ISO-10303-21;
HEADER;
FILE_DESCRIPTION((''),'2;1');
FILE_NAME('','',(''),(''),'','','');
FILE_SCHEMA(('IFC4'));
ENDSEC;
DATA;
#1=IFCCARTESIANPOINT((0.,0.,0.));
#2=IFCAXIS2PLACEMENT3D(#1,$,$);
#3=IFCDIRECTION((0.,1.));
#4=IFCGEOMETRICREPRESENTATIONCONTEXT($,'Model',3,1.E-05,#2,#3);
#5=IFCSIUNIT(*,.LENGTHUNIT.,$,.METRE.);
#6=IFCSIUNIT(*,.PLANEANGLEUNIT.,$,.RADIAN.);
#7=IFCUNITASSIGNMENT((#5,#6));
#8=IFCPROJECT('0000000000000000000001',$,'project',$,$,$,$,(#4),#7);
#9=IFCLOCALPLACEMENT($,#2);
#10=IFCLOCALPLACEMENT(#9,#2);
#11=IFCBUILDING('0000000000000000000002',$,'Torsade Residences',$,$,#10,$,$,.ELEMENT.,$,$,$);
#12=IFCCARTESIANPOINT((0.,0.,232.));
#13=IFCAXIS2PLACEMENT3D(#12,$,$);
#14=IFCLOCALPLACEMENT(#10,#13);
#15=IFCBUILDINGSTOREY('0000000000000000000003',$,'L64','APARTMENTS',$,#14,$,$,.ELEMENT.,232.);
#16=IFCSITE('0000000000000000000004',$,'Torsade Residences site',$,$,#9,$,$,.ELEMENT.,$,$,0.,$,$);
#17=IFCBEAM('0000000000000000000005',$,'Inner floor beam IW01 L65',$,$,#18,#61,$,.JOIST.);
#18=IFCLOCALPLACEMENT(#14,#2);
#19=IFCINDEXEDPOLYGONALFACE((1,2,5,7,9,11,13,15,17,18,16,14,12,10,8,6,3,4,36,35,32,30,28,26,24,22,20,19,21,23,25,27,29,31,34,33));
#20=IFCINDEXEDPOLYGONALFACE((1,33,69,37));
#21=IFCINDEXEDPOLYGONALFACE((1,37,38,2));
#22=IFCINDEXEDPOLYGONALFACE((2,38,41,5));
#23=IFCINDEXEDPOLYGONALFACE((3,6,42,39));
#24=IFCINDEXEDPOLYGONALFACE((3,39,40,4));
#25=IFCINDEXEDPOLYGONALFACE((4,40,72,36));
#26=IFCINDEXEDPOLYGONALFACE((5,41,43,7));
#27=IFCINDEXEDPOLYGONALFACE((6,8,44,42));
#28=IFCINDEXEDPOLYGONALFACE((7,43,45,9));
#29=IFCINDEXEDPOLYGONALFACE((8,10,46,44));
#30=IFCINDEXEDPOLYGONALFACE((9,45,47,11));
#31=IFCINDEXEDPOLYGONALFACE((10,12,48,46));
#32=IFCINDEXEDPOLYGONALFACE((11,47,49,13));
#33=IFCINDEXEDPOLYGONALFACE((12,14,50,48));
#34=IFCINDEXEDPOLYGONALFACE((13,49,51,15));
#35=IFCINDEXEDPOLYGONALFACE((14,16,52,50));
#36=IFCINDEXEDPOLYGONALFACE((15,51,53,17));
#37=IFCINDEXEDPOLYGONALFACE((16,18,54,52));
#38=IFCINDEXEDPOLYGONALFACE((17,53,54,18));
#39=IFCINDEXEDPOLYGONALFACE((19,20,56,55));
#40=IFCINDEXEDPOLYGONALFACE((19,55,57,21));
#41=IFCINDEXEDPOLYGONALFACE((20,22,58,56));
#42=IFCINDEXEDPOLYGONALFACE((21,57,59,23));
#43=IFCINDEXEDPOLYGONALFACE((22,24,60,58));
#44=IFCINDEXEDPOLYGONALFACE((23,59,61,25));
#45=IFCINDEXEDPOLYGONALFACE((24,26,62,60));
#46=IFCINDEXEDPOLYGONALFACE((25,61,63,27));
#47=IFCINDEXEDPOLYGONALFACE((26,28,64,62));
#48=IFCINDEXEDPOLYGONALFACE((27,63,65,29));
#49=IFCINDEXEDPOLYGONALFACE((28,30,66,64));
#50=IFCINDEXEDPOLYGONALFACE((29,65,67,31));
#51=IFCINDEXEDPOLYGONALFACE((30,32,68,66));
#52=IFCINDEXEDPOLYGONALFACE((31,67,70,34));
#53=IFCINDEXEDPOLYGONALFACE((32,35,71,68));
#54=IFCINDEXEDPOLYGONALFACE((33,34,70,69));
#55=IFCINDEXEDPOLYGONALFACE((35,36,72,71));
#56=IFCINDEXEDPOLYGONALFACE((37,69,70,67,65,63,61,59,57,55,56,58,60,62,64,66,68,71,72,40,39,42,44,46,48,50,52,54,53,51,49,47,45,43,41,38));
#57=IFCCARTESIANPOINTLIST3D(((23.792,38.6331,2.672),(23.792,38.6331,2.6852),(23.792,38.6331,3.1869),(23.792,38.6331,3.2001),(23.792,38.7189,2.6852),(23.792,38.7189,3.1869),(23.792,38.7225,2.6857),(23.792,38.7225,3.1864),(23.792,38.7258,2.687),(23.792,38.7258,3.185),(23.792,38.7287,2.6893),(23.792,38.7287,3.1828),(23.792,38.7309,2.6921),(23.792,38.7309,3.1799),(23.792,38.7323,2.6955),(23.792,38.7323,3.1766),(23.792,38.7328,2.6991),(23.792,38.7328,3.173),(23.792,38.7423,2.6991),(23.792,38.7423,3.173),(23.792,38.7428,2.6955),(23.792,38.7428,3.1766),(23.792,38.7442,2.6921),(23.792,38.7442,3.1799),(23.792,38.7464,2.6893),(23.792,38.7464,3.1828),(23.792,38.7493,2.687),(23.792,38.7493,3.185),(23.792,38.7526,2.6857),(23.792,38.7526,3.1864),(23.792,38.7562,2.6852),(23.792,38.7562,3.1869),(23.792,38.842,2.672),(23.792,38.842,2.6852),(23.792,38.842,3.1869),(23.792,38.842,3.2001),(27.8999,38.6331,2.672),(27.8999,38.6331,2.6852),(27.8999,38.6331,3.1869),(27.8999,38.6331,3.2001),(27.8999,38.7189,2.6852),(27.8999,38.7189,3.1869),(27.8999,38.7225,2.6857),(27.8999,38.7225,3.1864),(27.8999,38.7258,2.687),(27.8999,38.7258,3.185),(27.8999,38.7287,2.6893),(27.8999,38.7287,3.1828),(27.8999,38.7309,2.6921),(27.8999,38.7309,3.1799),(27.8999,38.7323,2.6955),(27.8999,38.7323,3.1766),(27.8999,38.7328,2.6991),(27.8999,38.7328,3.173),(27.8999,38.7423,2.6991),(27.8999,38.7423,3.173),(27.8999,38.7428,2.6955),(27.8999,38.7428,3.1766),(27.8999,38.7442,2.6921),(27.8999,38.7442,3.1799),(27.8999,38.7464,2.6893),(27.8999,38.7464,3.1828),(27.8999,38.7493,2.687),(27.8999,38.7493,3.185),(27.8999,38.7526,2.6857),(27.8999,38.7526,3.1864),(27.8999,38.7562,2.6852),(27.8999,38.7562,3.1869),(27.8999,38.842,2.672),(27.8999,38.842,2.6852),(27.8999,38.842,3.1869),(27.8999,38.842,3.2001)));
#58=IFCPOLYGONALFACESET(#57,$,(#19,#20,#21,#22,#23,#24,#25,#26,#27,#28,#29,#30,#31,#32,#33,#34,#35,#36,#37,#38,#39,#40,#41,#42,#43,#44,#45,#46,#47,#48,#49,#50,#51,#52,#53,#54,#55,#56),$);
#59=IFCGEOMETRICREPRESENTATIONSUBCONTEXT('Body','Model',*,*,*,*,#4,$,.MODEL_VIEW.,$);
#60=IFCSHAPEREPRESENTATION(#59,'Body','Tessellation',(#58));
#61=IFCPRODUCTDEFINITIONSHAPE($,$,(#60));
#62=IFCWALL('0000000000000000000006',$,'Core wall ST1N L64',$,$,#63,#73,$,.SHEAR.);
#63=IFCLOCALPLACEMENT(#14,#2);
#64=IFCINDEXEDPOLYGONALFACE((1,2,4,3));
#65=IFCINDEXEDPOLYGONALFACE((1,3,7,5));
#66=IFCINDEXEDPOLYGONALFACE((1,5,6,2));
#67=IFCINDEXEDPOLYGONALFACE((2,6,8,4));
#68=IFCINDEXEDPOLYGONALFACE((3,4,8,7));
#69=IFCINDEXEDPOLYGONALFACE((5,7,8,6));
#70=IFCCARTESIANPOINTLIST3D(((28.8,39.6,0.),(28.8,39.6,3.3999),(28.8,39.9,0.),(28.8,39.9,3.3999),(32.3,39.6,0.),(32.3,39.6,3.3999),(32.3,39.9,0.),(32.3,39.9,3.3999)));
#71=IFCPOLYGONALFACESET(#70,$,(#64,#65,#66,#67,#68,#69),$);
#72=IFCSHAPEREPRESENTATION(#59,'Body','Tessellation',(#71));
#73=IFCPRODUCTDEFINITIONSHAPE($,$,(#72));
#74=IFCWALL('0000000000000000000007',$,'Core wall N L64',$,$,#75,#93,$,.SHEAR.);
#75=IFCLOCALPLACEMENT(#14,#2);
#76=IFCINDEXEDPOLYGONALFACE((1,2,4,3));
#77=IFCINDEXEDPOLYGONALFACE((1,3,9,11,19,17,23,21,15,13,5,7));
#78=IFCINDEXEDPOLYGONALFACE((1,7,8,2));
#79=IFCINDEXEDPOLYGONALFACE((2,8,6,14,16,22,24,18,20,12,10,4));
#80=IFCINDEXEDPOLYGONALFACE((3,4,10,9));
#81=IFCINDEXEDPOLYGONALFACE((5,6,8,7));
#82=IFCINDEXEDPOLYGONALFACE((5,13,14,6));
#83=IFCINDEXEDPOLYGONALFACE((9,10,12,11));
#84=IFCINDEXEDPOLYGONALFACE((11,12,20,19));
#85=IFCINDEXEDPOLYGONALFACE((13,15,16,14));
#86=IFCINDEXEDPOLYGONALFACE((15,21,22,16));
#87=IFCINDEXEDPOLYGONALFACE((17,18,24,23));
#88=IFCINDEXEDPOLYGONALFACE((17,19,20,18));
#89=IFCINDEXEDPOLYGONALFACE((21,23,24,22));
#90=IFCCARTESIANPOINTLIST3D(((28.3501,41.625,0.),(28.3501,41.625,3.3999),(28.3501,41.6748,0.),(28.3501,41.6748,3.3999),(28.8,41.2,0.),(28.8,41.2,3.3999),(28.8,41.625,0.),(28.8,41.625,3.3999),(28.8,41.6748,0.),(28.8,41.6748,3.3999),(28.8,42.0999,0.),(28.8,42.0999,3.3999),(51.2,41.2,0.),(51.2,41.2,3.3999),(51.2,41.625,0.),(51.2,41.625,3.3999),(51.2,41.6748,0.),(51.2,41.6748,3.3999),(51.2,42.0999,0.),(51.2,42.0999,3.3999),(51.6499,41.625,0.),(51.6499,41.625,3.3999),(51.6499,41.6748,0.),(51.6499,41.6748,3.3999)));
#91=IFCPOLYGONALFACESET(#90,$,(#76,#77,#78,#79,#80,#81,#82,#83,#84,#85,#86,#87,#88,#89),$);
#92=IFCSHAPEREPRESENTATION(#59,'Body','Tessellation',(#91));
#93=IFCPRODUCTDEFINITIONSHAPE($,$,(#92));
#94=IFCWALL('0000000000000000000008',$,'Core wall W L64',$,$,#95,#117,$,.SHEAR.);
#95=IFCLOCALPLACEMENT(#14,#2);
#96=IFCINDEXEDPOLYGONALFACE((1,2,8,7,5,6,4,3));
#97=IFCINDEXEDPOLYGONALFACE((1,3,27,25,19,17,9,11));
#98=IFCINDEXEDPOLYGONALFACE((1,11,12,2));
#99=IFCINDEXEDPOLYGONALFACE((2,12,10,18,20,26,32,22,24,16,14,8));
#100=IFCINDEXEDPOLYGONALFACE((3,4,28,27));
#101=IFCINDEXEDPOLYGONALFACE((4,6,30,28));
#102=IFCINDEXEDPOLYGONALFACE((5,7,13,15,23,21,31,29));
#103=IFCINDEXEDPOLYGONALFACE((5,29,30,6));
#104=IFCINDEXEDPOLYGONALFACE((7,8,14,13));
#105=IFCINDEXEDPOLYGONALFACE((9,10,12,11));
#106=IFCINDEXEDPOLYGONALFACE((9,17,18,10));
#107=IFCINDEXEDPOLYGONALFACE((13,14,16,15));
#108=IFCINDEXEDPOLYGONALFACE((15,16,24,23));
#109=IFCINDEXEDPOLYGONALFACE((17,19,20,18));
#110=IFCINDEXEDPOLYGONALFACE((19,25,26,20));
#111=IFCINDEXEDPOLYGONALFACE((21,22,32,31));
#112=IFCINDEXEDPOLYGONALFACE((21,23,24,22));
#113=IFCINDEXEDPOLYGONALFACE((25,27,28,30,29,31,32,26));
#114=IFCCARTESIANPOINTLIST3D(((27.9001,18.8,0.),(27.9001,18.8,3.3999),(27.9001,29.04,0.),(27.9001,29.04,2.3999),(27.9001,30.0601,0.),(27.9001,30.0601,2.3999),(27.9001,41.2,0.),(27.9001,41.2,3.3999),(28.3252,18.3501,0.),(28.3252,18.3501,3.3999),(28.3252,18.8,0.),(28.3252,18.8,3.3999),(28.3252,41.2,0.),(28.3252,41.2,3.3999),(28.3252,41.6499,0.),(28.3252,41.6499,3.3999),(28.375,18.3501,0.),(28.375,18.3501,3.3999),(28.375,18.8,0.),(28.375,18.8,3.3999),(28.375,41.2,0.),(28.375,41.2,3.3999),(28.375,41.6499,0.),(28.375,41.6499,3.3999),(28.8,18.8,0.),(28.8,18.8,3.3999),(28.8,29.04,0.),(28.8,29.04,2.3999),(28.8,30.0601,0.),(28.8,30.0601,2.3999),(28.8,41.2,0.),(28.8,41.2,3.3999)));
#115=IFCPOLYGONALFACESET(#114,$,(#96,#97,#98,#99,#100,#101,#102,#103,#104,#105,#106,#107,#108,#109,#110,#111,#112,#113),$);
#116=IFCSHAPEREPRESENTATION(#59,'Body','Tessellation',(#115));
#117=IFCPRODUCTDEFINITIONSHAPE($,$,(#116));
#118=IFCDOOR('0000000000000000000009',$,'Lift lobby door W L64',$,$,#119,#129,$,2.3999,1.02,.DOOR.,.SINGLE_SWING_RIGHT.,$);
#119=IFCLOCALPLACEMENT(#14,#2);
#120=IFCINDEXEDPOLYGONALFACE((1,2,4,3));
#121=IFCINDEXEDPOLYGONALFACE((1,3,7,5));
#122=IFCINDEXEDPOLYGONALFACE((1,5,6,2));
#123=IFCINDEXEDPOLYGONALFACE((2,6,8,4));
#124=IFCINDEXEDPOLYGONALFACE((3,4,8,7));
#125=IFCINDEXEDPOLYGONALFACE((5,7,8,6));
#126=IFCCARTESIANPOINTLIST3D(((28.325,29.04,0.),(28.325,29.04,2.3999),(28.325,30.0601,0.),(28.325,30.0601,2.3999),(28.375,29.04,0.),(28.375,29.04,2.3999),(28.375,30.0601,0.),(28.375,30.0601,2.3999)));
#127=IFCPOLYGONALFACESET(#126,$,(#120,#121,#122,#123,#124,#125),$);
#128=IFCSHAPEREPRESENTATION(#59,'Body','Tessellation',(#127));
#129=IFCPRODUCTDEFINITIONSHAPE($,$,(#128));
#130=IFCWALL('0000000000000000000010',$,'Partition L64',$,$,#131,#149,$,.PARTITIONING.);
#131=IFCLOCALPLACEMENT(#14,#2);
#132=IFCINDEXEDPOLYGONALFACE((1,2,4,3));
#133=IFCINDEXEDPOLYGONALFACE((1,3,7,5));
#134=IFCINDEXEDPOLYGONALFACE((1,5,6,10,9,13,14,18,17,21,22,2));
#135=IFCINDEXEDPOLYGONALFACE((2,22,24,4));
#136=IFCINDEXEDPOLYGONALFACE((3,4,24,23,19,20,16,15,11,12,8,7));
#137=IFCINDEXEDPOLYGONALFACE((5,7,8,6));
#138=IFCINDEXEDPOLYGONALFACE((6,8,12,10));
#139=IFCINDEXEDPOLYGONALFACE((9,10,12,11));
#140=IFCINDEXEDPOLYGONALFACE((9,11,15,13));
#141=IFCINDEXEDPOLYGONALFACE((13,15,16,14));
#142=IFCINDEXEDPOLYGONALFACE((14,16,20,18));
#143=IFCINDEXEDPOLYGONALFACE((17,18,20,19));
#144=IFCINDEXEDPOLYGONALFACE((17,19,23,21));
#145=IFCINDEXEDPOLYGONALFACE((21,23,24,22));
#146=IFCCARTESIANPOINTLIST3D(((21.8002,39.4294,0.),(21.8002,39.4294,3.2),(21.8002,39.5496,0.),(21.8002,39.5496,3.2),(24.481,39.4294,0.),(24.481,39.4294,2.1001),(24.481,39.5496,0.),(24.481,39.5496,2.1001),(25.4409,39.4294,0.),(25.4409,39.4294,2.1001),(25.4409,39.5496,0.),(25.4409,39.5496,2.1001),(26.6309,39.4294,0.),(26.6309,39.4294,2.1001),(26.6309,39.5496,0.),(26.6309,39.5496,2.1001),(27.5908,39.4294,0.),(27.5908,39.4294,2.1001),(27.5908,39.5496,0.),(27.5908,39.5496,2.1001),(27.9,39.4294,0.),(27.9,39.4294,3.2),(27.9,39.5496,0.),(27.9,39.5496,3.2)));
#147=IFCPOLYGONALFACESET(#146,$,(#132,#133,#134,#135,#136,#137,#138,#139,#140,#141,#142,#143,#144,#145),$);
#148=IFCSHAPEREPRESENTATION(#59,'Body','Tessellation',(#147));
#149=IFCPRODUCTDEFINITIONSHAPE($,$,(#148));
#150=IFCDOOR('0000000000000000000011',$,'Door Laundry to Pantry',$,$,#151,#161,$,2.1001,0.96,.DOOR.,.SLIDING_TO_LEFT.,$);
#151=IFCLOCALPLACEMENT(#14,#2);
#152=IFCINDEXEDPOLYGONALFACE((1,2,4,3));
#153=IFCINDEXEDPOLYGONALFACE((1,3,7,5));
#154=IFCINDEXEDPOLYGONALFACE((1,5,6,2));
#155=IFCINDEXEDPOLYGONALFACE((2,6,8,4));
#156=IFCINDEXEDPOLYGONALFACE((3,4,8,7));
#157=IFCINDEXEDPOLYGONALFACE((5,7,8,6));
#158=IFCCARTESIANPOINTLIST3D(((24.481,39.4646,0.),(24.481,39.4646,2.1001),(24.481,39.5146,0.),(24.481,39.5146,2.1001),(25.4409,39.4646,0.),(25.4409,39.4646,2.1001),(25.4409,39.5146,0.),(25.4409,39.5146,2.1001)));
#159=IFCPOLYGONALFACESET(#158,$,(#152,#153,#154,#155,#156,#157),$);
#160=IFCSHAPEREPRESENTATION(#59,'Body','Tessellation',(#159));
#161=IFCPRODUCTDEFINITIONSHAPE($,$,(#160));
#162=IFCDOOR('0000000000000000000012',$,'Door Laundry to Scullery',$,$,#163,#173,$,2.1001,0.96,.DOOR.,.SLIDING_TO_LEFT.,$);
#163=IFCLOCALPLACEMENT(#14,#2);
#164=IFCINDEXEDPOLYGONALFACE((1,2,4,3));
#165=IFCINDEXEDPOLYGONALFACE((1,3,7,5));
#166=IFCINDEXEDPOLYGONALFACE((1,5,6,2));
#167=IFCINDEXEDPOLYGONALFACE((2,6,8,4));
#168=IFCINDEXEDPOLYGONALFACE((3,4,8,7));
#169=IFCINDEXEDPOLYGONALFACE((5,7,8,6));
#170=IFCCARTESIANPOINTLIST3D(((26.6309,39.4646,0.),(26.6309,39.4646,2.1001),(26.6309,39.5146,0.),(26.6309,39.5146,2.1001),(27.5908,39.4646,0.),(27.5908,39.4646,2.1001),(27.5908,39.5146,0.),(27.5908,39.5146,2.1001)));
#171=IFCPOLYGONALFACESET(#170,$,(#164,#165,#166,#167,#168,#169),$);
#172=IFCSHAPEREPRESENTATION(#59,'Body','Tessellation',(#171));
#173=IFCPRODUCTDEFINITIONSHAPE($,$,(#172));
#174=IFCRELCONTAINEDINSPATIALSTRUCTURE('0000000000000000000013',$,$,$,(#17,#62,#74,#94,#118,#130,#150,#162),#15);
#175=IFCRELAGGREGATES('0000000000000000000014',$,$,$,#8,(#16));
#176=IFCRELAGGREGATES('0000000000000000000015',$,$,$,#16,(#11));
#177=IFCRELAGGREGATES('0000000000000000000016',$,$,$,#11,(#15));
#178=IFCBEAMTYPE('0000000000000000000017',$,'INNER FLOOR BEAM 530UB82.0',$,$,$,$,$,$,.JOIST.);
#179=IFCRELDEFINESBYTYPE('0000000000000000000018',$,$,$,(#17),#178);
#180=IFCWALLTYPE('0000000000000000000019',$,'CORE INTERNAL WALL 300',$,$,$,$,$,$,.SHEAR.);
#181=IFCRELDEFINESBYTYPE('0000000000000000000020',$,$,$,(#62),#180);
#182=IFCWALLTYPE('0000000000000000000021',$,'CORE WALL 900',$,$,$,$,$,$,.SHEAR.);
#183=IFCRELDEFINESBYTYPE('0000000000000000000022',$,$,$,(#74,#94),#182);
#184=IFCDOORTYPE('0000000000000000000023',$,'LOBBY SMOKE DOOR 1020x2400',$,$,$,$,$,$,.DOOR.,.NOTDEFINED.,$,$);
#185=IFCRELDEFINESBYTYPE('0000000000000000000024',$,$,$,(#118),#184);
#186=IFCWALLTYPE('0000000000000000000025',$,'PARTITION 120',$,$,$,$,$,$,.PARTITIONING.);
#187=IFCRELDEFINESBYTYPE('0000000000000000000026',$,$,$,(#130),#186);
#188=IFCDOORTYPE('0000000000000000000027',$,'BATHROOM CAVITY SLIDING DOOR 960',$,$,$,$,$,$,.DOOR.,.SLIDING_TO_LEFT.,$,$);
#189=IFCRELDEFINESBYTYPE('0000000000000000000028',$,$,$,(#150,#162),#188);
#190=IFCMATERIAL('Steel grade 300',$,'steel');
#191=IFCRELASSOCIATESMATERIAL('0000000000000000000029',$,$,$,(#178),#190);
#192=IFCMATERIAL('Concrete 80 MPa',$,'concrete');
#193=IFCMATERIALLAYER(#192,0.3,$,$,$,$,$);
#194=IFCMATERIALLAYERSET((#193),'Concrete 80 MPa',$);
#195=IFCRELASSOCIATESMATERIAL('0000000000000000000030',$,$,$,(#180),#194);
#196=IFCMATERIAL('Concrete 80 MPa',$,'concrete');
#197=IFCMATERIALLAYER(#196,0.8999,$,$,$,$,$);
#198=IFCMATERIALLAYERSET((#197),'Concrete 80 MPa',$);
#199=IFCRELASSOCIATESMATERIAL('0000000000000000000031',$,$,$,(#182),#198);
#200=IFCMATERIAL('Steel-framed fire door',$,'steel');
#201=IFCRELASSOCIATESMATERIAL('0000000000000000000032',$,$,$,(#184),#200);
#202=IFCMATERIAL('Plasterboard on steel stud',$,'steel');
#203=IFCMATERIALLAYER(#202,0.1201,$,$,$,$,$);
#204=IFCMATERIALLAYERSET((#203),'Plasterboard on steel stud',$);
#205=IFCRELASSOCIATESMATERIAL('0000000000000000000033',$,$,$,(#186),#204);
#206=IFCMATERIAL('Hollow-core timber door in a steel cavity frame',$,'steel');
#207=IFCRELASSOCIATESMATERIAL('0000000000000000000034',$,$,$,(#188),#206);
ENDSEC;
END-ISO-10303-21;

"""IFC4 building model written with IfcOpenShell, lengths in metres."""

from ifc_helpers import new_model, si_unit, direction, frame, frame_2d, origin, origin_2d, place, context, subcontext, project, spatial, polyline, rectangle, i_section, outline, extrude, material, layer, layer_set, material_profile, profile_set, type_object, element, fill, save


model = new_model("IFC4")

# Units and contexts
model_context = context("Model", 3, precision=1e-05, world=origin(), true_north=direction((0.0, 1.0)))
body_context = subcontext(model_context, "Body", "Model", "MODEL_VIEW")
ifc_project = project(units=[si_unit("LENGTHUNIT", "METRE"), si_unit("PLANEANGLEUNIT", "RADIAN")], contexts=[model_context])

# Site, building, storey
site_placement = place(None, origin())
site = spatial("IfcSite", under=ifc_project, at=site_placement, Name="Torsade Residences site", CompositionType="ELEMENT", RefElevation=0.0)
building_placement = place(site_placement, origin())
building = spatial("IfcBuilding", under=site, at=building_placement, Name="Torsade Residences", CompositionType="ELEMENT")
storey_placement = place(building_placement, frame((0.0, 0.0, 232.0)))
storey = spatial("IfcBuildingStorey", under=building, at=storey_placement, Name="L64", Description="APARTMENTS", CompositionType="ELEMENT", Elevation=232.0)

# Beam
ifc_material_1 = material(Name="Steel grade 300", Category="steel")
ifc_material_profile_1 = material_profile(ifc_material_1, i_section(OverallWidth=0.209, OverallDepth=0.5281, WebThickness=0.0095, FlangeThickness=0.0132, FilletRadius=0.0139, at=origin_2d()), Name="530UB82.0")
ifc_profile_set_1 = profile_set([ifc_material_profile_1], Name="Steel grade 300")
beam_type = type_object("IfcBeamType", Name="INNER FLOOR BEAM 530UB82.0", PredefinedType="JOIST", material=ifc_profile_set_1)
beam_1_placement = place(storey_placement, frame((27.8999, 38.7375, 2.936), z_axis=(-1.0, 0.0, 0.0), x_axis=(0.0, -1.0, 0.0)))
element("IfcBeam", 1, at=beam_1_placement, inside=storey, type_object=beam_type, Name="Inner floor beam IW01 L65", PredefinedType="JOIST", context=body_context, shape_type="SweptSolid", body=[
    extrude(i_section(OverallWidth=0.209, OverallDepth=0.5281, WebThickness=0.0095, FlangeThickness=0.0132, FilletRadius=0.0139, at=origin_2d()), origin(), (0.0, 0.0, 1.0), 4.1079),
])

# Walls
ifc_material_2 = material(Name="Concrete 80 MPa", Category="concrete")
ifc_layer_1 = layer(ifc_material_2, 0.3)
ifc_layer_set_1 = layer_set([ifc_layer_1], Name="Concrete 80 MPa")
wall_type_1 = type_object("IfcWallType", Name="CORE INTERNAL WALL 300", PredefinedType="SHEAR", material=ifc_layer_set_1)
wall_1_placement = place(storey_placement, frame((28.8, 39.75, 0.0), z_axis=(0.0, 0.0, 1.0), x_axis=(1.0, 0.0, 0.0)))
element("IfcWall", 2, at=wall_1_placement, inside=storey, type_object=wall_type_1, Name="Core wall ST1N L64", PredefinedType="SHEAR", context=body_context, shape_type="SweptSolid", body=[
    extrude(rectangle(XDim=3.5, YDim=0.3, at=frame_2d((1.75, 0.0))), origin(), (0.0, 0.0, 1.0), 3.3999),
])
ifc_material_3 = material(Name="Concrete 80 MPa", Category="concrete")
ifc_layer_2 = layer(ifc_material_3, 0.8999)
ifc_layer_set_2 = layer_set([ifc_layer_2], Name="Concrete 80 MPa")
wall_type_2 = type_object("IfcWallType", Name="CORE WALL 900", PredefinedType="SHEAR", material=ifc_layer_set_2)
wall_2_placement = place(storey_placement, frame((28.8, 41.6499, 0.0), z_axis=(0.0, 0.0, 1.0), x_axis=(1.0, 0.0, 0.0)))
element("IfcWall", 3, at=wall_2_placement, inside=storey, type_object=wall_type_2, Name="Core wall N L64", PredefinedType="SHEAR", context=body_context, shape_type="SweptSolid", body=[
    extrude(outline(polyline([(0.0, -0.45), (22.3999, -0.45), (22.3999, -0.0249), (22.8499, -0.0249), (22.8499, 0.0249), (22.3999, 0.0249), (22.3999, 0.45), (0.0, 0.45), (0.0, 0.0249), (-0.45, 0.0249), (-0.45, -0.0249), (0.0, -0.0249), (0.0, -0.45)])), origin(), (0.0, 0.0, 1.0), 3.3999),
])

# Wall, opening, door
wall_3_placement = place(storey_placement, frame((28.3501, 41.2, 0.0), z_axis=(0.0, 0.0, 1.0), x_axis=(0.0, -1.0, 0.0)))
wall_3 = element("IfcWall", 4, at=wall_3_placement, inside=storey, type_object=wall_type_2, Name="Core wall W L64", PredefinedType="SHEAR", context=body_context, shape_type="SweptSolid", body=[
    extrude(outline(polyline([(0.0, -0.45), (22.3999, -0.45), (22.3999, -0.0249), (22.8499, -0.0249), (22.8499, 0.0249), (22.3999, 0.0249), (22.3999, 0.45), (0.0, 0.45), (0.0, 0.0249), (-0.45, 0.0249), (-0.45, -0.0249), (0.0, -0.0249), (0.0, -0.45)])), origin(), (0.0, 0.0, 1.0), 3.3999),
])
opening_1_placement = place(wall_3_placement, frame((11.1399, 0.0, 0.0)))
opening_1 = element("IfcOpeningElement", 5, at=opening_1_placement, cuts=wall_3, PredefinedType="OPENING", context=body_context, shape_type="SweptSolid", body=[
    extrude(rectangle(XDim=1.02, YDim=2.3999, at=frame_2d((0.51, 1.2))), frame((0.0, 0.46, 0.0), z_axis=(0.0, -1.0, 0.0), x_axis=(1.0, 0.0, 0.0)), (0.0, 0.0, 1.0), 0.9199),
])
ifc_material_4 = material(Name="Steel-framed fire door", Category="steel")
door_type_1 = type_object("IfcDoorType", Name="LOBBY SMOKE DOOR 1020x2400", OperationType="NOTDEFINED", PredefinedType="DOOR", material=ifc_material_4)
door_1_placement = place(opening_1_placement, origin())
door_1 = element("IfcDoor", 6, at=door_1_placement, inside=storey, type_object=door_type_1, Name="Lift lobby door W L64", OperationType="SINGLE_SWING_RIGHT", OverallHeight=2.3999, OverallWidth=1.02, PredefinedType="DOOR", context=body_context, shape_type="SweptSolid", body=[
    extrude(rectangle(XDim=1.02, YDim=2.3999, at=frame_2d((0.51, 1.2))), frame((0.0, 0.0249, 0.0), z_axis=(0.0, -1.0, 0.0), x_axis=(1.0, 0.0, 0.0)), (0.0, 0.0, 1.0), 0.05),
])
fill(opening_1, door_1)

# Wall, openings, doors
ifc_material_5 = material(Name="Plasterboard on steel stud", Category="steel")
ifc_layer_3 = layer(ifc_material_5, 0.1201)
ifc_layer_set_3 = layer_set([ifc_layer_3], Name="Plasterboard on steel stud")
wall_type_3 = type_object("IfcWallType", Name="PARTITION 120", PredefinedType="PARTITIONING", material=ifc_layer_set_3)
wall_4_placement = place(storey_placement, frame((27.8999, 39.4895, 0.0), z_axis=(0.0, 0.0, 1.0), x_axis=(-1.0, 0.0, 0.0)))
wall_4 = element("IfcWall", 7, at=wall_4_placement, inside=storey, type_object=wall_type_3, Name="Partition L64", PredefinedType="PARTITIONING", context=body_context, shape_type="SweptSolid", body=[
    extrude(rectangle(XDim=6.0999, YDim=0.1201, at=frame_2d((3.0498, 0.0))), origin(), (0.0, 0.0, 1.0), 3.2),
])
opening_2_placement = place(wall_4_placement, frame((2.459, 0.0, 0.0)))
opening_2 = element("IfcOpeningElement", 8, at=opening_2_placement, cuts=wall_4, PredefinedType="OPENING", context=body_context, shape_type="SweptSolid", body=[
    extrude(rectangle(XDim=0.96, YDim=2.1001, at=frame_2d((0.48, 1.05))), frame((0.0, 0.0701, 0.0), z_axis=(0.0, -1.0, 0.0), x_axis=(1.0, 0.0, 0.0)), (0.0, 0.0, 1.0), 0.1401),
])
opening_3_placement = place(wall_4_placement, frame((0.3091, 0.0, 0.0)))
opening_3 = element("IfcOpeningElement", 9, at=opening_3_placement, cuts=wall_4, PredefinedType="OPENING", context=body_context, shape_type="SweptSolid", body=[
    extrude(rectangle(XDim=0.96, YDim=2.1001, at=frame_2d((0.48, 1.05))), frame((0.0, 0.0701, 0.0), z_axis=(0.0, -1.0, 0.0), x_axis=(1.0, 0.0, 0.0)), (0.0, 0.0, 1.0), 0.1401),
])
ifc_material_6 = material(Name="Hollow-core timber door in a steel cavity frame", Category="steel")
door_type_2 = type_object("IfcDoorType", Name="BATHROOM CAVITY SLIDING DOOR 960", OperationType="SLIDING_TO_LEFT", PredefinedType="DOOR", material=ifc_material_6)
door_2_placement = place(opening_2_placement, origin())
door_2 = element("IfcDoor", 10, at=door_2_placement, inside=storey, type_object=door_type_2, Name="Door Laundry to Pantry", OperationType="SLIDING_TO_LEFT", OverallHeight=2.1001, OverallWidth=0.96, PredefinedType="DOOR", context=body_context, shape_type="SweptSolid", body=[
    extrude(rectangle(XDim=0.96, YDim=2.1001, at=frame_2d((0.48, 1.05))), frame((0.0, 0.0249, 0.0), z_axis=(0.0, -1.0, 0.0), x_axis=(1.0, 0.0, 0.0)), (0.0, 0.0, 1.0), 0.05),
])
fill(opening_2, door_2)
door_3_placement = place(opening_3_placement, origin())
door_3 = element("IfcDoor", 11, at=door_3_placement, inside=storey, type_object=door_type_2, Name="Door Laundry to Scullery", OperationType="SLIDING_TO_LEFT", OverallHeight=2.1001, OverallWidth=0.96, PredefinedType="DOOR", context=body_context, shape_type="SweptSolid", body=[
    extrude(rectangle(XDim=0.96, YDim=2.1001, at=frame_2d((0.48, 1.05))), frame((0.0, 0.0249, 0.0), z_axis=(0.0, -1.0, 0.0), x_axis=(1.0, 0.0, 0.0)), (0.0, 0.0, 1.0), 0.05),
])
fill(opening_3, door_3)

save(model, "model.ifc")
